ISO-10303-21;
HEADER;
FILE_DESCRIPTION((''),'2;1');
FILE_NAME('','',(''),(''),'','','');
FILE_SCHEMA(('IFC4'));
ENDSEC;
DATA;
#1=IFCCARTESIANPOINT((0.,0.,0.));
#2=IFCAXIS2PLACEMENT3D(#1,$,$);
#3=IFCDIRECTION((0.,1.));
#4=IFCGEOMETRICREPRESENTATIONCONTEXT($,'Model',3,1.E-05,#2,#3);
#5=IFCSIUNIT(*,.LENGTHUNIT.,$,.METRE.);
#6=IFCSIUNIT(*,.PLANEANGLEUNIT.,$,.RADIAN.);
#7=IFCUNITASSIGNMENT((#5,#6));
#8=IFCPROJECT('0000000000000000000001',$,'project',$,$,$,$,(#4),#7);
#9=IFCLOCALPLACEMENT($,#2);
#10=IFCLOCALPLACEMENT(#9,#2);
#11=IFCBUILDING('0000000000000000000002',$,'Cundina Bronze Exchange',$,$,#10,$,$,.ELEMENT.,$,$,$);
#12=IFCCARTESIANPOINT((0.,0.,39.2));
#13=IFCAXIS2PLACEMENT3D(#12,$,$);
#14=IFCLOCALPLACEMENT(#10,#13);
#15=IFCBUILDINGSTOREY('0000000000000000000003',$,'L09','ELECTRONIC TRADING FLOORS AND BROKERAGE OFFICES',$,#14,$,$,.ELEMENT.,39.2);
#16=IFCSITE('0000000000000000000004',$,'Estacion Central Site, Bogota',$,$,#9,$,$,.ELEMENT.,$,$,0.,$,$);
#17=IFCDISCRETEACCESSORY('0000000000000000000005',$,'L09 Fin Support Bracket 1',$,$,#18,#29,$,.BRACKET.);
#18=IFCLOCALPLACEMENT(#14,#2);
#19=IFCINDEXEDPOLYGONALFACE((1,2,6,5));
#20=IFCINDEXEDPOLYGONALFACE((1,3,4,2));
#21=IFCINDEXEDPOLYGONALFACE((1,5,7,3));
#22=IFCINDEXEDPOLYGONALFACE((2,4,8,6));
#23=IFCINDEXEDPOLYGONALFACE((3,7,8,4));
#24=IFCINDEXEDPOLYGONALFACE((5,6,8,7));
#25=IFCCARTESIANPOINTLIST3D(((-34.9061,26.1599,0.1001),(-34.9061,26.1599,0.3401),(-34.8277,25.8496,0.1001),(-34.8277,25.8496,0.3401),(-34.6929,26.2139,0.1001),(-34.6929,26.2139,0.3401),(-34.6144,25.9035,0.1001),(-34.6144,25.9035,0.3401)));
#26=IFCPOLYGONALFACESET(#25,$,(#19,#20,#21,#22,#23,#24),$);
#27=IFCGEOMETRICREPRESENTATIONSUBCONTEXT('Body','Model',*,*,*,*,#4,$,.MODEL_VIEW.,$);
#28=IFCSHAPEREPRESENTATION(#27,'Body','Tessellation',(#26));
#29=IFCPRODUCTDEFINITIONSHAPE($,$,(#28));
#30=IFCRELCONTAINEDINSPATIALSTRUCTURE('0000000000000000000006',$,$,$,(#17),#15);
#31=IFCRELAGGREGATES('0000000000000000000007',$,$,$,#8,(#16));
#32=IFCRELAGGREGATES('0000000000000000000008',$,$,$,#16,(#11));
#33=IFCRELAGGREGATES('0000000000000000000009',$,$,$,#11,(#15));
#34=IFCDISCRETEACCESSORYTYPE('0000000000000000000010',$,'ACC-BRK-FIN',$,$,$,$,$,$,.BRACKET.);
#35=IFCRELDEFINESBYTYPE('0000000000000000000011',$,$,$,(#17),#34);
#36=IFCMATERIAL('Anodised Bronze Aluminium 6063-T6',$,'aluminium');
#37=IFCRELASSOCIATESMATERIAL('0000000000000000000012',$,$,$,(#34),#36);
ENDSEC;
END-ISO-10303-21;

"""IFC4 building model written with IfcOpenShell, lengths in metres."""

from ifc_helpers import new_model, si_unit, direction, frame, origin, origin_2d, place, context, subcontext, project, spatial, rectangle, extrude, material, type_object, element, save


model = new_model("IFC4")

# Units and contexts
model_context = context("Model", 3, precision=1e-05, world=origin(), true_north=direction((0.0, 1.0)))
body_context = subcontext(model_context, "Body", "Model", "MODEL_VIEW")
ifc_project = project(units=[si_unit("LENGTHUNIT", "METRE"), si_unit("PLANEANGLEUNIT", "RADIAN")], contexts=[model_context])

# Site, building, storey
site_placement = place(None, origin())
site = spatial("IfcSite", under=ifc_project, at=site_placement, Name="Estacion Central Site, Bogota", CompositionType="ELEMENT", RefElevation=0.0)
building_placement = place(site_placement, origin())
building = spatial("IfcBuilding", under=site, at=building_placement, Name="Cundina Bronze Exchange", CompositionType="ELEMENT")
storey_placement = place(building_placement, frame((0.0, 0.0, 39.2)))
storey = spatial("IfcBuildingStorey", under=building, at=storey_placement, Name="L09", Description="ELECTRONIC TRADING FLOORS AND BROKERAGE OFFICES", CompositionType="ELEMENT", Elevation=39.2)

# Shared definitions
ifc_material_1 = material(Name="Anodised Bronze Aluminium 6063-T6", Category="aluminium")

# Discrete accessory
discrete_accessory_type = type_object("IfcDiscreteAccessoryType", Name="ACC-BRK-FIN", PredefinedType="BRACKET", material=ifc_material_1)
discrete_accessory_placement = place(storey_placement, frame((-34.7603, 26.0317, 0.1001), z_axis=(0.0, 0.0, 1.0), x_axis=(-0.969488, -0.245138, 0.0)))
element("IfcDiscreteAccessory", 1, at=discrete_accessory_placement, inside=storey, type_object=discrete_accessory_type, Name="L09 Fin Support Bracket 1", PredefinedType="BRACKET", context=body_context, shape_type="SweptSolid", body=[
    extrude(rectangle(XDim=0.22, YDim=0.3201, at=origin_2d()), origin(), (0.0, 0.0, 1.0), 0.24),
])

save(model, "model.ifc")
